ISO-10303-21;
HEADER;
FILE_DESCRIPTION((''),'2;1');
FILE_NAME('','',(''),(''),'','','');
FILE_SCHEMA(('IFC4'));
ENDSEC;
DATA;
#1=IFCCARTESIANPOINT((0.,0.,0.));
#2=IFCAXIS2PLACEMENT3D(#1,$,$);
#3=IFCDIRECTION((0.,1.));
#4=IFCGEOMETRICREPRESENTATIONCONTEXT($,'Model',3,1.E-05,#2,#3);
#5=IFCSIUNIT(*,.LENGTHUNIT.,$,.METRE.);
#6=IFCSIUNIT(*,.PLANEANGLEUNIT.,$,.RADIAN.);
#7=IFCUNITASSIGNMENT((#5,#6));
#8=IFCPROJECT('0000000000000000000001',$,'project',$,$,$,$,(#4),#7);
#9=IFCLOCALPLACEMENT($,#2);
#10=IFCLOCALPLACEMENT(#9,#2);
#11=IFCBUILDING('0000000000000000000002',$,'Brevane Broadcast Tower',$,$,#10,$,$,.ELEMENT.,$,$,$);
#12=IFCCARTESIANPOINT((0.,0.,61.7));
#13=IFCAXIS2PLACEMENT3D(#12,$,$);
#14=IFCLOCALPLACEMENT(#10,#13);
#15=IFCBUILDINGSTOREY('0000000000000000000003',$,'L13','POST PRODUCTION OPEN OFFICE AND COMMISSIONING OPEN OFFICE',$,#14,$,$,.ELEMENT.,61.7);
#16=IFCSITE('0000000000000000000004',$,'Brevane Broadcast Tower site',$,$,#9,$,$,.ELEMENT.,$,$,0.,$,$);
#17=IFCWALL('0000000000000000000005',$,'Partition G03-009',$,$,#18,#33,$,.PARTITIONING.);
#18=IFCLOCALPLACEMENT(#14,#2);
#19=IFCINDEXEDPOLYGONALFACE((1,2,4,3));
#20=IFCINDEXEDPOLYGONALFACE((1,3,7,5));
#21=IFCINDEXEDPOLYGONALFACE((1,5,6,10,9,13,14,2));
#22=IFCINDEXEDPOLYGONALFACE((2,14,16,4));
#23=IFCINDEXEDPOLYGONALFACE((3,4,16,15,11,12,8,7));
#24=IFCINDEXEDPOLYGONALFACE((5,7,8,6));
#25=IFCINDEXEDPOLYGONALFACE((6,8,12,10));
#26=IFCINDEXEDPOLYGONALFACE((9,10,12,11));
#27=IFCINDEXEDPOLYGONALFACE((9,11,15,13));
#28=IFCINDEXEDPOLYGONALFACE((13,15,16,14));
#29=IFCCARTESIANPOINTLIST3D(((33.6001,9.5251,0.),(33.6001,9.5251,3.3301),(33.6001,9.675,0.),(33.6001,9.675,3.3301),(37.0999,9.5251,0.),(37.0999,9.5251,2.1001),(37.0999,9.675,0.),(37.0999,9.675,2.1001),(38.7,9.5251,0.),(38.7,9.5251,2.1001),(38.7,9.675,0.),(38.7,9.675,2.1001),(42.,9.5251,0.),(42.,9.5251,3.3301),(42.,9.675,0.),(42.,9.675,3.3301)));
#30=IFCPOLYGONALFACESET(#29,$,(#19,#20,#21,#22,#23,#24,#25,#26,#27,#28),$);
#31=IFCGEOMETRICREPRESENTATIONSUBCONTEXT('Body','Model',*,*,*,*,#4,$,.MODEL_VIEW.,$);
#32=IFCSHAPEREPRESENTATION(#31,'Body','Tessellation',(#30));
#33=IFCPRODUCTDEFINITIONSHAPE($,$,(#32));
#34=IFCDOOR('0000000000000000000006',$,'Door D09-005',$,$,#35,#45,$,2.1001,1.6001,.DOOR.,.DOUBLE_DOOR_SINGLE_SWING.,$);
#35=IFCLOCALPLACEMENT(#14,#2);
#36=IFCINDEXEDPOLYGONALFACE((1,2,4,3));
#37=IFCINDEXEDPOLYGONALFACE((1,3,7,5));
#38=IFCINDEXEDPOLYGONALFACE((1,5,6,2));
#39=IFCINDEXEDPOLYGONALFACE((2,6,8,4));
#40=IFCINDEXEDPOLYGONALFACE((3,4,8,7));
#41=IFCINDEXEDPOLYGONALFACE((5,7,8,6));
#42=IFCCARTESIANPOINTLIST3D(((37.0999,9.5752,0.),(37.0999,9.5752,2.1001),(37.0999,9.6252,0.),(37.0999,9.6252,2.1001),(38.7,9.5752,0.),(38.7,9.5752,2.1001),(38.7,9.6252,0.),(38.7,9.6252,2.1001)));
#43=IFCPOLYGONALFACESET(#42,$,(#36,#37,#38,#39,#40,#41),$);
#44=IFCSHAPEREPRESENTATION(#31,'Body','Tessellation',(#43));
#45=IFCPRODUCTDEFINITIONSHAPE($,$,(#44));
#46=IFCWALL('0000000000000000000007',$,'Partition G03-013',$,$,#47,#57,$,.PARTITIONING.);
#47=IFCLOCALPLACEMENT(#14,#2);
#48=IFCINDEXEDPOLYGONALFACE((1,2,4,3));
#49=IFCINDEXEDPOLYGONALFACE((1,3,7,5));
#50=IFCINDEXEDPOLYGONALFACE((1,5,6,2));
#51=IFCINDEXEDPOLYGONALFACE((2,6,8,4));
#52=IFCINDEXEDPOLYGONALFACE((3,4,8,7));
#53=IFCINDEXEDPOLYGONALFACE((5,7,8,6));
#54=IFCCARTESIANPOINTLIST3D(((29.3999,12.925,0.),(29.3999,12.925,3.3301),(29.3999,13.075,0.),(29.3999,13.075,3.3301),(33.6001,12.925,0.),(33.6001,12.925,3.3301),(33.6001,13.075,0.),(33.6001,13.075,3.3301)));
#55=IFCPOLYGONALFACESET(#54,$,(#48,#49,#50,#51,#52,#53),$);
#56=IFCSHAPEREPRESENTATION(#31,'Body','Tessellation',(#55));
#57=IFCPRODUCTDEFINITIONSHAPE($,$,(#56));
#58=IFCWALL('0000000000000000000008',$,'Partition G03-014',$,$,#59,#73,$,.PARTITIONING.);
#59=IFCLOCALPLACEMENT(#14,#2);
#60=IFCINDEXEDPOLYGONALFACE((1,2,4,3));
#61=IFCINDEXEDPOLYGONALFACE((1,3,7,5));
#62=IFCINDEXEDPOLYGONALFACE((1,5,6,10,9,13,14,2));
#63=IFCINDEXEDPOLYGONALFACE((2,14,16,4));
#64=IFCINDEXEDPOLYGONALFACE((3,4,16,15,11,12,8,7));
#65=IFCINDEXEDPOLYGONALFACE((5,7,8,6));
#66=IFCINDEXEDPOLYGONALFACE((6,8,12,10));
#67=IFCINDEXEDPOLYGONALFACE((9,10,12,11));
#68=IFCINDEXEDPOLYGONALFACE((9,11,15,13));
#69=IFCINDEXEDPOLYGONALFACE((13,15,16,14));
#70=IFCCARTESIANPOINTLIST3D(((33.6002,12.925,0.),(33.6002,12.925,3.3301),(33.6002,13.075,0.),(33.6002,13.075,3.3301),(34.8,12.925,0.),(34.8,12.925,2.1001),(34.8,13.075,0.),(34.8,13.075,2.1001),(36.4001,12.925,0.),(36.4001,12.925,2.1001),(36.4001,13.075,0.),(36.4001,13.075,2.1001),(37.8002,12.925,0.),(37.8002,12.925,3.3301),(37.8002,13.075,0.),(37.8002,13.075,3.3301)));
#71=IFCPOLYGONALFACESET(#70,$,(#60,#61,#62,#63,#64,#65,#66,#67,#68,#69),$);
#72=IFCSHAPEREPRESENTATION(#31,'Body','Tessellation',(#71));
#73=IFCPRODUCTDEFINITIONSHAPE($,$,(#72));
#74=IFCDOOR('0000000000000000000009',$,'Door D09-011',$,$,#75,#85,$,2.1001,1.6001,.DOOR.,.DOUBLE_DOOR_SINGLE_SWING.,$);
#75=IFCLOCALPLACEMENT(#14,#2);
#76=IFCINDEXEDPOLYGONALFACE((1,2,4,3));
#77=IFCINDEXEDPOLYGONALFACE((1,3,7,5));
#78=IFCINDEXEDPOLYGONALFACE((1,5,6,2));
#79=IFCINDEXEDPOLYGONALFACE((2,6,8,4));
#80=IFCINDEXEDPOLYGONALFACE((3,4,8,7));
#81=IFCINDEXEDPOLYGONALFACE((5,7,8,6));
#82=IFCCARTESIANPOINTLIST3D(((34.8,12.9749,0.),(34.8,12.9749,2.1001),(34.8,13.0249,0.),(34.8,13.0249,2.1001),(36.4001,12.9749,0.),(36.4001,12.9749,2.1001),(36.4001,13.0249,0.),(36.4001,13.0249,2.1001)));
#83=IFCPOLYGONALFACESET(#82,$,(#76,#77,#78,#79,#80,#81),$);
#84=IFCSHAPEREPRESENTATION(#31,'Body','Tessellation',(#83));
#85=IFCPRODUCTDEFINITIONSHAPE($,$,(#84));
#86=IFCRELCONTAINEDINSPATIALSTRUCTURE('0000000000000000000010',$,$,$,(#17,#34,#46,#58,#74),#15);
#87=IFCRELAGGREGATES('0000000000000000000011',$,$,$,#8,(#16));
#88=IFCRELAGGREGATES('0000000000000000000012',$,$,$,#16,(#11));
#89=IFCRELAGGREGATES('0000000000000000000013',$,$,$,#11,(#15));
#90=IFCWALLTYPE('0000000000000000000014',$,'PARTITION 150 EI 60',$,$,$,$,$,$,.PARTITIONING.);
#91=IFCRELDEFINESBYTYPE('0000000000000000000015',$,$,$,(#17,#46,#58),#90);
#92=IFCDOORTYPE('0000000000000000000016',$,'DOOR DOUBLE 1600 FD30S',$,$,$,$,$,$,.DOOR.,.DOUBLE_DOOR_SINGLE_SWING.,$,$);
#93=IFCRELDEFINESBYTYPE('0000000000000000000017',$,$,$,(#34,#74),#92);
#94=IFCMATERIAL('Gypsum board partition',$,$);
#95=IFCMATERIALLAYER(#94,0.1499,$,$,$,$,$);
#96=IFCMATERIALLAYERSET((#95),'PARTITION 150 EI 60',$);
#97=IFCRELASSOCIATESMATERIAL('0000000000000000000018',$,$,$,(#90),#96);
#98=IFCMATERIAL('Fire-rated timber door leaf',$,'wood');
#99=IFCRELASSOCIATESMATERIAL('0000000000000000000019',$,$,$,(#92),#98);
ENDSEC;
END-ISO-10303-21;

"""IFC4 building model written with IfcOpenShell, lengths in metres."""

from ifc_helpers import new_model, si_unit, direction, frame, frame_2d, origin, place, context, subcontext, project, spatial, rectangle, extrude, material, layer, layer_set, type_object, element, fill, save


model = new_model("IFC4")

# Units and contexts
model_context = context("Model", 3, precision=1e-05, world=origin(), true_north=direction((0.0, 1.0)))
body_context = subcontext(model_context, "Body", "Model", "MODEL_VIEW")
ifc_project = project(units=[si_unit("LENGTHUNIT", "METRE"), si_unit("PLANEANGLEUNIT", "RADIAN")], contexts=[model_context])

# Site, building, storey
site_placement = place(None, origin())
site = spatial("IfcSite", under=ifc_project, at=site_placement, Name="Brevane Broadcast Tower site", CompositionType="ELEMENT", RefElevation=0.0)
building_placement = place(site_placement, origin())
building = spatial("IfcBuilding", under=site, at=building_placement, Name="Brevane Broadcast Tower", CompositionType="ELEMENT")
storey_placement = place(building_placement, frame((0.0, 0.0, 61.7)))
storey = spatial("IfcBuildingStorey", under=building, at=storey_placement, Name="L13", Description="POST PRODUCTION OPEN OFFICE AND COMMISSIONING OPEN OFFICE", CompositionType="ELEMENT", Elevation=61.7)

# Shared definitions
ifc_material_1 = material(Name="Gypsum board partition")
ifc_layer_1 = layer(ifc_material_1, 0.1499)
ifc_layer_set_1 = layer_set([ifc_layer_1], Name="PARTITION 150 EI 60")
wall_type_1 = type_object("IfcWallType", Name="PARTITION 150 EI 60", PredefinedType="PARTITIONING", material=ifc_layer_set_1)

# Wall, opening, door
ifc_material_2 = material(Name="Fire-rated timber door leaf", Category="wood")
door_type_1 = type_object("IfcDoorType", Name="DOOR DOUBLE 1600 FD30S", OperationType="DOUBLE_DOOR_SINGLE_SWING", PredefinedType="DOOR", material=ifc_material_2)
wall_1_placement = place(storey_placement, frame((42.0, 9.6001, 0.0), z_axis=(0.0, 0.0, 1.0), x_axis=(-1.0, 0.0, 0.0)))
wall_1 = element("IfcWall", 1, at=wall_1_placement, inside=storey, type_object=wall_type_1, Name="Partition G03-009", PredefinedType="PARTITIONING", context=body_context, shape_type="SweptSolid", body=[
    extrude(rectangle(XDim=8.3999, YDim=0.1499, at=frame_2d((4.2, 0.0))), origin(), (0.0, 0.0, 1.0), 3.3301),
])
opening_1_placement = place(wall_1_placement, frame((3.3, 0.0, 0.0)))
opening_1 = element("IfcOpeningElement", 2, at=opening_1_placement, cuts=wall_1, PredefinedType="OPENING", context=body_context, shape_type="SweptSolid", body=[
    extrude(rectangle(XDim=1.6001, YDim=2.1001, at=frame_2d((0.8, 1.05))), frame((0.0, 0.085, 0.0), z_axis=(0.0, -1.0, 0.0), x_axis=(1.0, 0.0, 0.0)), (0.0, 0.0, 1.0), 0.1699),
])
door_1_placement = place(opening_1_placement, origin())
door_1 = element("IfcDoor", 3, at=door_1_placement, inside=storey, type_object=door_type_1, Name="Door D09-005", OperationType="DOUBLE_DOOR_SINGLE_SWING", OverallHeight=2.1001, OverallWidth=1.6001, PredefinedType="DOOR", context=body_context, shape_type="SweptSolid", body=[
    extrude(rectangle(XDim=1.6001, YDim=2.1001, at=frame_2d((0.8, 1.05))), frame((0.0, 0.0249, 0.0), z_axis=(0.0, -1.0, 0.0), x_axis=(1.0, 0.0, 0.0)), (0.0, 0.0, 1.0), 0.05),
])
fill(opening_1, door_1)

# Wall
wall_2_placement = place(storey_placement, frame((29.3999, 13.0, 0.0), z_axis=(0.0, 0.0, 1.0), x_axis=(1.0, 0.0, 0.0)))
element("IfcWall", 4, at=wall_2_placement, inside=storey, type_object=wall_type_1, Name="Partition G03-013", PredefinedType="PARTITIONING", context=body_context, shape_type="SweptSolid", body=[
    extrude(rectangle(XDim=4.2002, YDim=0.1499, at=frame_2d((2.1001, 0.0))), origin(), (0.0, 0.0, 1.0), 3.3301),
])

# Wall, opening, door
wall_3_placement = place(storey_placement, frame((33.6001, 13.0, 0.0), z_axis=(0.0, 0.0, 1.0), x_axis=(1.0, 0.0, 0.0)))
wall_3 = element("IfcWall", 5, at=wall_3_placement, inside=storey, type_object=wall_type_1, Name="Partition G03-014", PredefinedType="PARTITIONING", context=body_context, shape_type="SweptSolid", body=[
    extrude(rectangle(XDim=4.2, YDim=0.1499, at=frame_2d((2.1001, 0.0))), origin(), (0.0, 0.0, 1.0), 3.3301),
])
opening_2_placement = place(wall_3_placement, frame((1.2, 0.0, 0.0)))
opening_2 = element("IfcOpeningElement", 6, at=opening_2_placement, cuts=wall_3, PredefinedType="OPENING", context=body_context, shape_type="SweptSolid", body=[
    extrude(rectangle(XDim=1.6001, YDim=2.1001, at=frame_2d((0.8, 1.05))), frame((0.0, 0.085, 0.0), z_axis=(0.0, -1.0, 0.0), x_axis=(1.0, 0.0, 0.0)), (0.0, 0.0, 1.0), 0.1699),
])
door_2_placement = place(opening_2_placement, origin())
door_2 = element("IfcDoor", 7, at=door_2_placement, inside=storey, type_object=door_type_1, Name="Door D09-011", OperationType="DOUBLE_DOOR_SINGLE_SWING", OverallHeight=2.1001, OverallWidth=1.6001, PredefinedType="DOOR", context=body_context, shape_type="SweptSolid", body=[
    extrude(rectangle(XDim=1.6001, YDim=2.1001, at=frame_2d((0.8, 1.05))), frame((0.0, 0.0249, 0.0), z_axis=(0.0, -1.0, 0.0), x_axis=(1.0, 0.0, 0.0)), (0.0, 0.0, 1.0), 0.05),
])
fill(opening_2, door_2)

save(model, "model.ifc")
